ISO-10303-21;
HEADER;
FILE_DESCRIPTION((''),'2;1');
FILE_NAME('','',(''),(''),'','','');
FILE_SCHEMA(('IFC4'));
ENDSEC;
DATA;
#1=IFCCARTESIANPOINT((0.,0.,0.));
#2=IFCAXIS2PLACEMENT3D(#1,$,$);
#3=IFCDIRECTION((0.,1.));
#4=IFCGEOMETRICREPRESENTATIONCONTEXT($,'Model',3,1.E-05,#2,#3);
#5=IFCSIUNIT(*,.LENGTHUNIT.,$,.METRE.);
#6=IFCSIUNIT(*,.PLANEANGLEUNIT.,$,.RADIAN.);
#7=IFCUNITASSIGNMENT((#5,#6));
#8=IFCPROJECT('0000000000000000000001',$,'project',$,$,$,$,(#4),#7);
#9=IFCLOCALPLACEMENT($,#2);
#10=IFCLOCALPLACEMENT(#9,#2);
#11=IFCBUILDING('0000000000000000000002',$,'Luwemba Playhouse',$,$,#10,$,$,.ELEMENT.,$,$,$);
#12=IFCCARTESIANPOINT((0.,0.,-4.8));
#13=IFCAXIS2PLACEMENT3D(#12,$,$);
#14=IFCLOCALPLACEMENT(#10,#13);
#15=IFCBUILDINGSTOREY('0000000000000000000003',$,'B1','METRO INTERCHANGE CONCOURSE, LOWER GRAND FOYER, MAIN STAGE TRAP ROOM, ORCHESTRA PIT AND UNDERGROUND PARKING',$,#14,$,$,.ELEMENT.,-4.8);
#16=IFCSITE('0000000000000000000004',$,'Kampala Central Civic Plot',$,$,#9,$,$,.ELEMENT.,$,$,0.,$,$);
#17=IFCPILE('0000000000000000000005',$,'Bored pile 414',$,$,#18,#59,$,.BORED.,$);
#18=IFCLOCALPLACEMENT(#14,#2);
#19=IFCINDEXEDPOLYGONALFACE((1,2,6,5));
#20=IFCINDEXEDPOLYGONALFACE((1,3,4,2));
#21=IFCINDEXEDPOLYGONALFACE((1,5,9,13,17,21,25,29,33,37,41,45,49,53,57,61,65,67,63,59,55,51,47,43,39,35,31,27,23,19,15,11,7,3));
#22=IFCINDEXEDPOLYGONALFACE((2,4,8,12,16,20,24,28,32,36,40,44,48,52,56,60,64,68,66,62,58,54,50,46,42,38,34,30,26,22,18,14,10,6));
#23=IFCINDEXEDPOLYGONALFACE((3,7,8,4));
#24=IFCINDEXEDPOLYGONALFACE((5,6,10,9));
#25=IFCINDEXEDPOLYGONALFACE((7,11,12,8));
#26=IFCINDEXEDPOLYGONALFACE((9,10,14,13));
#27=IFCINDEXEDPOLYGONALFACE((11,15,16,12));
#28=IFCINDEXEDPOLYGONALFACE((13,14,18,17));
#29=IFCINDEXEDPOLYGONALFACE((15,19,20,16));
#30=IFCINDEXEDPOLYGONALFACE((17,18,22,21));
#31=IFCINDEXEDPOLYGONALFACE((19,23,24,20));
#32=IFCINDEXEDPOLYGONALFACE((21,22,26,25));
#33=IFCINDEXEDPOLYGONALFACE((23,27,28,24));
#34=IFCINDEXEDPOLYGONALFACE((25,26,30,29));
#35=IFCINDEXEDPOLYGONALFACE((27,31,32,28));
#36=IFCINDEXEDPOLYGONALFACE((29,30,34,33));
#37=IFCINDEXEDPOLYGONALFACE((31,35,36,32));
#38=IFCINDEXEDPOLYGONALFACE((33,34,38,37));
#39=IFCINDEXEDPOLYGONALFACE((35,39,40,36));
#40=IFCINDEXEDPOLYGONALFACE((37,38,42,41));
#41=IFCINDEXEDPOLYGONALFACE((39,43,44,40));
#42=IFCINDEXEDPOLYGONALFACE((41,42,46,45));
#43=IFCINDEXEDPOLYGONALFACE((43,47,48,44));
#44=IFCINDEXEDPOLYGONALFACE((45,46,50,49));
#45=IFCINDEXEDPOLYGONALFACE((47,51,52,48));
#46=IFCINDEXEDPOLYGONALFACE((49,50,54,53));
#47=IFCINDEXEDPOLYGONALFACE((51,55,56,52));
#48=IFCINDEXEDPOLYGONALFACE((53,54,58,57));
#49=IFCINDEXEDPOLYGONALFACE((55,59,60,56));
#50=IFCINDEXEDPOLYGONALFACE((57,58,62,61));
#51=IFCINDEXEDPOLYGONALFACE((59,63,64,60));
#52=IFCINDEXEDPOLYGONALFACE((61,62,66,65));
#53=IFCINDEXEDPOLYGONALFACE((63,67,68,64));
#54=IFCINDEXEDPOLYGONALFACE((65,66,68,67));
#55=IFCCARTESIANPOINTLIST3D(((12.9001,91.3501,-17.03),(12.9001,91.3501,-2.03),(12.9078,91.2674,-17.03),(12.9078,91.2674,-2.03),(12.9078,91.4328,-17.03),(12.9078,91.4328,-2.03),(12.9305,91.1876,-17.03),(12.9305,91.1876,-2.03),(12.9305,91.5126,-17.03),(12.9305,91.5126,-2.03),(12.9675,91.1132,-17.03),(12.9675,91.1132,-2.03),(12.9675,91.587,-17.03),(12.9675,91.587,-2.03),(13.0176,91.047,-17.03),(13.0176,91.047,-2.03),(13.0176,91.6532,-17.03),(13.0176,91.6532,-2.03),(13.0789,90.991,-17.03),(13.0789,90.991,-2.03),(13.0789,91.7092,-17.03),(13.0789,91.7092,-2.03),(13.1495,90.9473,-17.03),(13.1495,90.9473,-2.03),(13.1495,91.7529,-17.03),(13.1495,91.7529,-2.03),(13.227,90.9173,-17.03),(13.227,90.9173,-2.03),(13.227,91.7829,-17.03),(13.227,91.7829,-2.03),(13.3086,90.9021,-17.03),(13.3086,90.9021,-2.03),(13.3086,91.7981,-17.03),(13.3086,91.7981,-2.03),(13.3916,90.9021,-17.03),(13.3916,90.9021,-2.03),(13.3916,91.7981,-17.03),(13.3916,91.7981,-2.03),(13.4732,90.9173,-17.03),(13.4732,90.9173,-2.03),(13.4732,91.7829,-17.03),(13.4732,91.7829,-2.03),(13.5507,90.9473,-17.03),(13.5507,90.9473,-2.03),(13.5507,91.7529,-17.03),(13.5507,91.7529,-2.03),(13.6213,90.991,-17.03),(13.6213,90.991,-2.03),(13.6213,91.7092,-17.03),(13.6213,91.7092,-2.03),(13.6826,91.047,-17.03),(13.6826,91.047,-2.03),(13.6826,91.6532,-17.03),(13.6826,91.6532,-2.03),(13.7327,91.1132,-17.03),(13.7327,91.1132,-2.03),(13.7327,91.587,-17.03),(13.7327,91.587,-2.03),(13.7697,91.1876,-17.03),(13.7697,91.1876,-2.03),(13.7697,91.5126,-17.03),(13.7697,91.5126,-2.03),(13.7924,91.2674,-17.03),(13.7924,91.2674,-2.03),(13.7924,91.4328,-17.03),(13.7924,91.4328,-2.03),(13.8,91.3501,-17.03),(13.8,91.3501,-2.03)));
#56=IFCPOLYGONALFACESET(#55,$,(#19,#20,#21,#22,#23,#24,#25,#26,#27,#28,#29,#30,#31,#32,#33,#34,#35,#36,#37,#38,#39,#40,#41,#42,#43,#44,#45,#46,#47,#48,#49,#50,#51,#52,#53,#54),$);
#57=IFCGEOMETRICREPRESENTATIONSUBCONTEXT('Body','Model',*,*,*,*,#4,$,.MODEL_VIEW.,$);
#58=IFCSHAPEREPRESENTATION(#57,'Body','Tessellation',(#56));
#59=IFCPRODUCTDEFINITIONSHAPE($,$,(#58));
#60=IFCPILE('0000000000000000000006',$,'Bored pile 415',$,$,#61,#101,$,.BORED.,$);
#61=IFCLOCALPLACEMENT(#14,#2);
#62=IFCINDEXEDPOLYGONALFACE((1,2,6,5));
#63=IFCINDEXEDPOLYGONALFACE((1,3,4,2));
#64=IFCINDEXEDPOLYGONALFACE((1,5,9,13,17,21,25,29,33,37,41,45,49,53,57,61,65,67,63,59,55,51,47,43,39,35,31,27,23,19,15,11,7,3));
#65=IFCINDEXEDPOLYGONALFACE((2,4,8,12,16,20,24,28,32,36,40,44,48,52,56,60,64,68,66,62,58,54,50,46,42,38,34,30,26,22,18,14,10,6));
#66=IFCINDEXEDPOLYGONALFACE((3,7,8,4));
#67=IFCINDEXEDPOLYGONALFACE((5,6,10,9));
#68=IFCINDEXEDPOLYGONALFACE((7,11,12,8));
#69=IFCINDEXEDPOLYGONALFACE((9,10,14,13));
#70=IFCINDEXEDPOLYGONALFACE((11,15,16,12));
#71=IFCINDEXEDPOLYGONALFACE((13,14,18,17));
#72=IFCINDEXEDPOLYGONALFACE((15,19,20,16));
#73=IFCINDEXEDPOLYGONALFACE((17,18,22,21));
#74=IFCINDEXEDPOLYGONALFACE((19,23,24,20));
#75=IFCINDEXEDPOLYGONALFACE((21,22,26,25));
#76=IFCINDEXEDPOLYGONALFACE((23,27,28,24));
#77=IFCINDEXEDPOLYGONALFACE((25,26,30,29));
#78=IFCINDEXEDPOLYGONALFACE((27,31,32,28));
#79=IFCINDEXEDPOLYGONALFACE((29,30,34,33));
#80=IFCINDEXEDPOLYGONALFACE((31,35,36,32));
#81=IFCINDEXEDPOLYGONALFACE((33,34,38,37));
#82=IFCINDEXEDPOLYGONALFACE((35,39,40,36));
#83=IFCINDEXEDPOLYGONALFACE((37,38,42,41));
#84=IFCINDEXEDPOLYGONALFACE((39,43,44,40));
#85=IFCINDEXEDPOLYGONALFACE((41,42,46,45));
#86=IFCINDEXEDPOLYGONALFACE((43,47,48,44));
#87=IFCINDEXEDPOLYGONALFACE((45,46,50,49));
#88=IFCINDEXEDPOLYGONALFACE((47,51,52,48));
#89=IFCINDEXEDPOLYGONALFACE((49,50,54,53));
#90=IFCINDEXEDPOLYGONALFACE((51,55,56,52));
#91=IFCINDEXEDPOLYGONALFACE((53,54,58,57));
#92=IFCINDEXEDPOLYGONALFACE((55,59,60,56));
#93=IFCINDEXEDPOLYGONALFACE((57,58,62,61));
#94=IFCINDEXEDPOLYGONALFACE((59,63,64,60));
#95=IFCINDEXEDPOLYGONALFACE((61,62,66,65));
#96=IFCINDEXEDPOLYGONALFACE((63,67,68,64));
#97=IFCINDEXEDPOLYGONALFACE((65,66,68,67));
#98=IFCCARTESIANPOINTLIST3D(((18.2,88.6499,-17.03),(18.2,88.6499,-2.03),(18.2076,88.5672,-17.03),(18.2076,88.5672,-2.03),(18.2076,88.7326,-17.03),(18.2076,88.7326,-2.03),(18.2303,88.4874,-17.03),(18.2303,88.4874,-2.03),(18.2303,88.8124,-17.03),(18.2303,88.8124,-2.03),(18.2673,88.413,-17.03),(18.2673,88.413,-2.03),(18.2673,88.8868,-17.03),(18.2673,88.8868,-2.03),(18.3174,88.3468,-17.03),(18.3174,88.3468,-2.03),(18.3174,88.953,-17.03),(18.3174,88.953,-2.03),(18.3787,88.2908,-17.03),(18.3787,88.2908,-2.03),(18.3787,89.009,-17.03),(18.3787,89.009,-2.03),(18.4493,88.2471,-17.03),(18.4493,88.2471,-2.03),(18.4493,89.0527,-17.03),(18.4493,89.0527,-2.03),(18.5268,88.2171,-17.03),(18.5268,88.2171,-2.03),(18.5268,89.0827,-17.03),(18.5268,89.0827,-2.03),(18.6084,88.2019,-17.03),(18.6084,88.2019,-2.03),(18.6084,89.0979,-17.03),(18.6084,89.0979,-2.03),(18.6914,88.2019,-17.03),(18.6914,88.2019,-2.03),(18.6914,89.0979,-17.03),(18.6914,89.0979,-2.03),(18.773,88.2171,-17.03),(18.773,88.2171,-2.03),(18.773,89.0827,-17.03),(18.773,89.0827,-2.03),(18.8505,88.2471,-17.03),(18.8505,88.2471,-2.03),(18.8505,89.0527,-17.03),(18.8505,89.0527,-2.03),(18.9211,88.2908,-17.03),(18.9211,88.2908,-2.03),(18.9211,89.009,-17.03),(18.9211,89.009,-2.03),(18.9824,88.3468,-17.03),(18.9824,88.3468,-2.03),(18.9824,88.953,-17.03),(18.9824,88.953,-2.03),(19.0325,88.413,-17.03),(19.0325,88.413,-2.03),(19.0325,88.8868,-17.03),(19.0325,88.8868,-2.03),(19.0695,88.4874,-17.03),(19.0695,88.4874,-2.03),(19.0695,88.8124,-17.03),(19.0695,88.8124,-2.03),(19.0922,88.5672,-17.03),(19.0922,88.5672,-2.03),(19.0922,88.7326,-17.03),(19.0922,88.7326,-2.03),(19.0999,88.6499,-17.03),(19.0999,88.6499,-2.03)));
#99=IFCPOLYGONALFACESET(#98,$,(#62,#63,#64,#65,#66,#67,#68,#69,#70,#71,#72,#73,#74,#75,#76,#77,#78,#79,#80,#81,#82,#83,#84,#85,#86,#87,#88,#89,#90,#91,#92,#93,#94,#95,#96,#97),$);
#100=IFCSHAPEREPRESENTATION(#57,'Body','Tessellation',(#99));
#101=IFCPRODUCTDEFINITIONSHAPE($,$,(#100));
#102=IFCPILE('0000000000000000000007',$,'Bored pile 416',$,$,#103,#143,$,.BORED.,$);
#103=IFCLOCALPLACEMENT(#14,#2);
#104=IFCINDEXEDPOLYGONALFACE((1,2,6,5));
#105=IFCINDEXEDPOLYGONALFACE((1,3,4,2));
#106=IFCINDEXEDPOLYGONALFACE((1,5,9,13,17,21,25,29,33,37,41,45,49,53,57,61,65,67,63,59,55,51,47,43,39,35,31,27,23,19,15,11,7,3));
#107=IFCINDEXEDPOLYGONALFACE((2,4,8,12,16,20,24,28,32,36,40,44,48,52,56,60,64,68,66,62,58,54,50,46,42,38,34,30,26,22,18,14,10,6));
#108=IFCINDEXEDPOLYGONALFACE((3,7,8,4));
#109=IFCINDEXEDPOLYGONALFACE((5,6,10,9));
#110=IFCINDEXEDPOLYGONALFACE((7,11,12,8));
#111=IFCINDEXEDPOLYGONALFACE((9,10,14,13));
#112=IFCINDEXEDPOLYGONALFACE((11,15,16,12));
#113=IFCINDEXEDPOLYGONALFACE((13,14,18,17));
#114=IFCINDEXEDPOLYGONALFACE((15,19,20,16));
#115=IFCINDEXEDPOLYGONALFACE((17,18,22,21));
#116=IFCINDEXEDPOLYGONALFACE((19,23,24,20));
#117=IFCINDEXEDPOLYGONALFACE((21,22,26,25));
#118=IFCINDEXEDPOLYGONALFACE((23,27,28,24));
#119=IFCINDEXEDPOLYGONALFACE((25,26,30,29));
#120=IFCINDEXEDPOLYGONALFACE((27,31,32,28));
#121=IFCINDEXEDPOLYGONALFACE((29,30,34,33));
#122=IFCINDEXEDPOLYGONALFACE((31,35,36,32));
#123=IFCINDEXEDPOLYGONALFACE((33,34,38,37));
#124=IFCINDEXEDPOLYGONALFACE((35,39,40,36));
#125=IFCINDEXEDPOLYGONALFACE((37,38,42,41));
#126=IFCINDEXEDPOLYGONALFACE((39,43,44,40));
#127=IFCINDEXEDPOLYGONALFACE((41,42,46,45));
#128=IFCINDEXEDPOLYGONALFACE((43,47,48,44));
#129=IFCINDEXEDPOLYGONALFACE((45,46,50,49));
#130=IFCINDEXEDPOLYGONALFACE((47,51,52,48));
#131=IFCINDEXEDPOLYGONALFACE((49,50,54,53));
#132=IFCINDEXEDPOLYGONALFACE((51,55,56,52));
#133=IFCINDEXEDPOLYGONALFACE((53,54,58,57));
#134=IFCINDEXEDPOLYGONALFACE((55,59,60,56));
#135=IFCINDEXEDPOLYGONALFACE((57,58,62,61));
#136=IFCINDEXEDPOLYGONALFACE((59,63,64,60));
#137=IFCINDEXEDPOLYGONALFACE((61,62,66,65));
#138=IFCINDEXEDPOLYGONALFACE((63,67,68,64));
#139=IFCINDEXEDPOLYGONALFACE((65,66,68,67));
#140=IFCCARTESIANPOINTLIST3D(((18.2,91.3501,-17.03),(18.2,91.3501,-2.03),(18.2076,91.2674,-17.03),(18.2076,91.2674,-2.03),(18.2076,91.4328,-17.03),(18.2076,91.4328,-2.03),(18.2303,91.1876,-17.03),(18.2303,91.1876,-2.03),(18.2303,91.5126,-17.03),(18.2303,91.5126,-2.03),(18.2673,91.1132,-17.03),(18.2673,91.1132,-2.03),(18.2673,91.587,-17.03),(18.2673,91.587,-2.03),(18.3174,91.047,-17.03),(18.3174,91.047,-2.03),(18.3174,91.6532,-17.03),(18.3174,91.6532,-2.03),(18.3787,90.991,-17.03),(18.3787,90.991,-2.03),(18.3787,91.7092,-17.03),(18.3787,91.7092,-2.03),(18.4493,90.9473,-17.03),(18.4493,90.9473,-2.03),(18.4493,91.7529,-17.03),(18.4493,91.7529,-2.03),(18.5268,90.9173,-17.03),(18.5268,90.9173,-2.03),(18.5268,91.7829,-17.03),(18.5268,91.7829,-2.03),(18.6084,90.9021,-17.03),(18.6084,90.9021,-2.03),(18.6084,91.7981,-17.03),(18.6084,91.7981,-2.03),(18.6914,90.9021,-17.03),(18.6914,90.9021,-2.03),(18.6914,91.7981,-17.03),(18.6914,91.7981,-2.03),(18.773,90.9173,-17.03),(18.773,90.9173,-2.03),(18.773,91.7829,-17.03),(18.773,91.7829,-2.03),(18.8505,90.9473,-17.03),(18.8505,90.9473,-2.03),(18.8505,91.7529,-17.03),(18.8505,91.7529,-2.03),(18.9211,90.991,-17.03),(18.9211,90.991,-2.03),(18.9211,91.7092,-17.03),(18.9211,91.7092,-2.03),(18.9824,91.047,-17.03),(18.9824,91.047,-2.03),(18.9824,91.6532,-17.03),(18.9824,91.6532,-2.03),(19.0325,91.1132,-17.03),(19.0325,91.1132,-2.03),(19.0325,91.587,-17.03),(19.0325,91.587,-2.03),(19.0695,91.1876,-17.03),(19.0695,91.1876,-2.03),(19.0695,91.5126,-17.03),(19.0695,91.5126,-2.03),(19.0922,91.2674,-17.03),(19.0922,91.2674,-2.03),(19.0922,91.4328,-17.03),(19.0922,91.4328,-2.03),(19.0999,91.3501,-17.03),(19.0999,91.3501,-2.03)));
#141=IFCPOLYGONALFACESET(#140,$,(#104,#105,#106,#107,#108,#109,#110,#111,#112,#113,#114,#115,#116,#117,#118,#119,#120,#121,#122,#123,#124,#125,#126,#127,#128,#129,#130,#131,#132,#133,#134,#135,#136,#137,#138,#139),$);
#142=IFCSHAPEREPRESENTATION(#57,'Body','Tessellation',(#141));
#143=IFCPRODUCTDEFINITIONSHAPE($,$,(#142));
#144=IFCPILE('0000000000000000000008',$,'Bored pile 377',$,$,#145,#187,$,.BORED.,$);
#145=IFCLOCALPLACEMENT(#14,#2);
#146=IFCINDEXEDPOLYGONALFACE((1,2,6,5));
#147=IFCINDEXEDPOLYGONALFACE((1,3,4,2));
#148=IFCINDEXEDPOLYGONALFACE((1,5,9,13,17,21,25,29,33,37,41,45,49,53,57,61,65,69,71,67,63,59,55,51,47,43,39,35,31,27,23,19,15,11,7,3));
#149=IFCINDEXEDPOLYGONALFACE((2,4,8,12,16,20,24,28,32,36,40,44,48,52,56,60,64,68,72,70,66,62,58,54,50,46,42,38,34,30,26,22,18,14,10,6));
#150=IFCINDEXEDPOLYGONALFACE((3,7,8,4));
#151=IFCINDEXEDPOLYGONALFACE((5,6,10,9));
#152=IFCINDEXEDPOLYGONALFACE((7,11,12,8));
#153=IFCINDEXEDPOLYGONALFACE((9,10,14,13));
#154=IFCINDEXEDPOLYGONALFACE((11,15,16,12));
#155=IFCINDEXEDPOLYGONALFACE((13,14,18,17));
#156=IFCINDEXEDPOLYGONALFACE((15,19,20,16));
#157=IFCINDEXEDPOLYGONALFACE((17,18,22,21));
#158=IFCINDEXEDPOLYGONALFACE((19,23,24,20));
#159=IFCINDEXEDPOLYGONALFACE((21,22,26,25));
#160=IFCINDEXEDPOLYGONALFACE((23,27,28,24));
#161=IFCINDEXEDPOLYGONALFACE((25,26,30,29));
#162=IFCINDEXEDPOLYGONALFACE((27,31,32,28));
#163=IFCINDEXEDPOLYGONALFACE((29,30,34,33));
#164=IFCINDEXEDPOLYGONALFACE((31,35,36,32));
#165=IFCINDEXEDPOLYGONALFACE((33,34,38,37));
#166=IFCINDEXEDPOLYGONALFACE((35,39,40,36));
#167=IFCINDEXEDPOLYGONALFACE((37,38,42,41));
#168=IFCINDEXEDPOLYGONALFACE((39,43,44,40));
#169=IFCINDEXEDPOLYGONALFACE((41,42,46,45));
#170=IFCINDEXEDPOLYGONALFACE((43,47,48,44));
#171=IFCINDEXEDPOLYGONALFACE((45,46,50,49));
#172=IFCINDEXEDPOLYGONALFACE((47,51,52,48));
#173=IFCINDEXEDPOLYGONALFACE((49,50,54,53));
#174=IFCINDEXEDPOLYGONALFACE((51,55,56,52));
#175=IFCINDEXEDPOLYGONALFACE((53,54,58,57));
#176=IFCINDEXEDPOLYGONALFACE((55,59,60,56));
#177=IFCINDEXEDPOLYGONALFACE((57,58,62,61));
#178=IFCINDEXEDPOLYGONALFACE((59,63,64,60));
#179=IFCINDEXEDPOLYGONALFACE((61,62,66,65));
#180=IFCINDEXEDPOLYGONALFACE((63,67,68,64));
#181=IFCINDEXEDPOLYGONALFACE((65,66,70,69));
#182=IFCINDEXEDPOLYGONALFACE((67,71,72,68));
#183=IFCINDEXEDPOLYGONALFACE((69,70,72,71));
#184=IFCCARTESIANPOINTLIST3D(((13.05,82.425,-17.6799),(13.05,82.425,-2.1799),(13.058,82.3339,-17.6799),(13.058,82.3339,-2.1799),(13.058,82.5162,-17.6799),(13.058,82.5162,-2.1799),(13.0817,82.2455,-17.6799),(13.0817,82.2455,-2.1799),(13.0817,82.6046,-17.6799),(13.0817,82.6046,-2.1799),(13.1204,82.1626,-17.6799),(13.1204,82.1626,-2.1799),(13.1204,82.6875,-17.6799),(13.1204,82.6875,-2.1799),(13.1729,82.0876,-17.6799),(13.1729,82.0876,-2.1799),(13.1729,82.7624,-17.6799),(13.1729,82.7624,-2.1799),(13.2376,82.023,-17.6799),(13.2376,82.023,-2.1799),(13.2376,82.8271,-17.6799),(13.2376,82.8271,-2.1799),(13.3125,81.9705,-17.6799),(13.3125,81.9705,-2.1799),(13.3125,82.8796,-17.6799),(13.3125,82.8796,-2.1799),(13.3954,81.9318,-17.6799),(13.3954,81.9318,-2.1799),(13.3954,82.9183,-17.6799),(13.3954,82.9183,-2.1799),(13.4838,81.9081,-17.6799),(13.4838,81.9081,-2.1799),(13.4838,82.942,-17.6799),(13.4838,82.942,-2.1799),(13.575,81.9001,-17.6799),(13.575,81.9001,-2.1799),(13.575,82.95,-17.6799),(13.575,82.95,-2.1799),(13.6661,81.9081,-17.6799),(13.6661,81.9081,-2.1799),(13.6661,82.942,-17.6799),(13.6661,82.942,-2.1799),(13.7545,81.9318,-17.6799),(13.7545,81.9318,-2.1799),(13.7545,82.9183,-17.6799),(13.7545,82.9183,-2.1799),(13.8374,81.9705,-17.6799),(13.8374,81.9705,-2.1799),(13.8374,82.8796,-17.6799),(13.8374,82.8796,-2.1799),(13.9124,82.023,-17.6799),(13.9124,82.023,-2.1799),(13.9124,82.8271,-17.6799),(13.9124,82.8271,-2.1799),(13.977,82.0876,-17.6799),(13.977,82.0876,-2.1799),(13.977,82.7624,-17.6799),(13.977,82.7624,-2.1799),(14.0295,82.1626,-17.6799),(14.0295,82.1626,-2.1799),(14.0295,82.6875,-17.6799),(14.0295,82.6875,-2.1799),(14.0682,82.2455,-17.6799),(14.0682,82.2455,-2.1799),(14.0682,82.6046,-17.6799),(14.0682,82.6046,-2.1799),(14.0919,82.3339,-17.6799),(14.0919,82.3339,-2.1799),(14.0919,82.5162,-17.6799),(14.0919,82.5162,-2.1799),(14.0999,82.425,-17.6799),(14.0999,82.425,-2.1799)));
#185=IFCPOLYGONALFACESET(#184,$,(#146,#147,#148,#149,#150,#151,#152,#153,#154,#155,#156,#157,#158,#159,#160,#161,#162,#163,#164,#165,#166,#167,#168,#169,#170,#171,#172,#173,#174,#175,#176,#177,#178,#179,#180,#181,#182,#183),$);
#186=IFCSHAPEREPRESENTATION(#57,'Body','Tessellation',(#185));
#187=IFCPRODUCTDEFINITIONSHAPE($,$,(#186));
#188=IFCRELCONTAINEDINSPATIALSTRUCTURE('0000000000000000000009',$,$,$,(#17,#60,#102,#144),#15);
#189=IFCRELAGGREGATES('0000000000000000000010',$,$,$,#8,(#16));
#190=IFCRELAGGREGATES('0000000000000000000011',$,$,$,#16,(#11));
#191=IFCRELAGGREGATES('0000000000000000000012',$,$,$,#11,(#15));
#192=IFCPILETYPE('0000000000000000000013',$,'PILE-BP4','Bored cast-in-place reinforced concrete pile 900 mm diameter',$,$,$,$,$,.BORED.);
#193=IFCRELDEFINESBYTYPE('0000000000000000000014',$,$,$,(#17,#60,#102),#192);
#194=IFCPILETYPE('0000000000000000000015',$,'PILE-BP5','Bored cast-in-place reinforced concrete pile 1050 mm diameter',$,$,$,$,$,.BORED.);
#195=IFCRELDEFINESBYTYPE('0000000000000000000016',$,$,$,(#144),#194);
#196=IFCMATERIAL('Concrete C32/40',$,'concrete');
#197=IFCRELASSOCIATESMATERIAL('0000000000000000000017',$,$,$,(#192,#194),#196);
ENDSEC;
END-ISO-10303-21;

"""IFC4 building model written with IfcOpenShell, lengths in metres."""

from ifc_helpers import new_model, si_unit, direction, frame, origin, origin_2d, place, context, subcontext, project, spatial, circle, extrude, material, material_profile, profile_set, type_object, element, save


model = new_model("IFC4")

# Units and contexts
model_context = context("Model", 3, precision=1e-05, world=origin(), true_north=direction((0.0, 1.0)))
body_context = subcontext(model_context, "Body", "Model", "MODEL_VIEW")
ifc_project = project(units=[si_unit("LENGTHUNIT", "METRE"), si_unit("PLANEANGLEUNIT", "RADIAN")], contexts=[model_context])

# Site, building, storey
site_placement = place(None, origin())
site = spatial("IfcSite", under=ifc_project, at=site_placement, Name="Kampala Central Civic Plot", CompositionType="ELEMENT", RefElevation=0.0)
building_placement = place(site_placement, origin())
building = spatial("IfcBuilding", under=site, at=building_placement, Name="Luwemba Playhouse", CompositionType="ELEMENT")
storey_placement = place(building_placement, frame((0.0, 0.0, -4.8)))
storey = spatial("IfcBuildingStorey", under=building, at=storey_placement, Name="B1", Description="METRO INTERCHANGE CONCOURSE, LOWER GRAND FOYER, MAIN STAGE TRAP ROOM, ORCHESTRA PIT AND UNDERGROUND PARKING", CompositionType="ELEMENT", Elevation=-4.8)

# Shared definitions
ifc_material_1 = material(Name="Concrete C32/40", Category="concrete")

# Piles
ifc_material_profile_1 = material_profile(ifc_material_1, circle(Radius=0.45, at=origin_2d()))
ifc_profile_set_1 = profile_set([ifc_material_profile_1], Name="Concrete C32/40")
pile_type_1 = type_object("IfcPileType", Name="PILE-BP4", Description="Bored cast-in-place reinforced concrete pile 900 mm diameter", PredefinedType="BORED", material=ifc_profile_set_1)
for number, where, z_axis, x_axis, name in (
    (1, (13.3501, 91.3501, -2.03), (0.0, 0.0, -1.0), (1.0, 0.0, 0.0), "Bored pile 414"),
    (2, (18.6499, 88.6499, -2.03), (0.0, 0.0, -1.0), (1.0, 0.0, 0.0), "Bored pile 415"),
    (3, (18.6499, 91.3501, -2.03), (0.0, 0.0, -1.0), (1.0, 0.0, 0.0), "Bored pile 416"),
):
    element("IfcPile", number, at=place(storey_placement, frame(where, z_axis=z_axis, x_axis=x_axis)), inside=storey, type_object=pile_type_1, Name=name, PredefinedType="BORED", context=body_context, shape_type="SweptSolid", body=[
        extrude(circle(Radius=0.45, at=origin_2d()), origin(), (0.0, 0.0, 1.0), 15.0),
    ])
ifc_material_profile_2 = material_profile(ifc_material_1, circle(Radius=0.5249, at=origin_2d()))
ifc_profile_set_2 = profile_set([ifc_material_profile_2], Name="Concrete C32/40")
pile_type_2 = type_object("IfcPileType", Name="PILE-BP5", Description="Bored cast-in-place reinforced concrete pile 1050 mm diameter", PredefinedType="BORED", material=ifc_profile_set_2)
for number, where, z_axis, x_axis, name in (
    (4, (13.575, 82.425, -2.1799), (0.0, 0.0, -1.0), (1.0, 0.0, 0.0), "Bored pile 377"),
):
    element("IfcPile", number, at=place(storey_placement, frame(where, z_axis=z_axis, x_axis=x_axis)), inside=storey, type_object=pile_type_2, Name=name, PredefinedType="BORED", context=body_context, shape_type="SweptSolid", body=[
        extrude(circle(Radius=0.5249, at=origin_2d()), origin(), (0.0, 0.0, 1.0), 15.5),
    ])

save(model, "model.ifc")
